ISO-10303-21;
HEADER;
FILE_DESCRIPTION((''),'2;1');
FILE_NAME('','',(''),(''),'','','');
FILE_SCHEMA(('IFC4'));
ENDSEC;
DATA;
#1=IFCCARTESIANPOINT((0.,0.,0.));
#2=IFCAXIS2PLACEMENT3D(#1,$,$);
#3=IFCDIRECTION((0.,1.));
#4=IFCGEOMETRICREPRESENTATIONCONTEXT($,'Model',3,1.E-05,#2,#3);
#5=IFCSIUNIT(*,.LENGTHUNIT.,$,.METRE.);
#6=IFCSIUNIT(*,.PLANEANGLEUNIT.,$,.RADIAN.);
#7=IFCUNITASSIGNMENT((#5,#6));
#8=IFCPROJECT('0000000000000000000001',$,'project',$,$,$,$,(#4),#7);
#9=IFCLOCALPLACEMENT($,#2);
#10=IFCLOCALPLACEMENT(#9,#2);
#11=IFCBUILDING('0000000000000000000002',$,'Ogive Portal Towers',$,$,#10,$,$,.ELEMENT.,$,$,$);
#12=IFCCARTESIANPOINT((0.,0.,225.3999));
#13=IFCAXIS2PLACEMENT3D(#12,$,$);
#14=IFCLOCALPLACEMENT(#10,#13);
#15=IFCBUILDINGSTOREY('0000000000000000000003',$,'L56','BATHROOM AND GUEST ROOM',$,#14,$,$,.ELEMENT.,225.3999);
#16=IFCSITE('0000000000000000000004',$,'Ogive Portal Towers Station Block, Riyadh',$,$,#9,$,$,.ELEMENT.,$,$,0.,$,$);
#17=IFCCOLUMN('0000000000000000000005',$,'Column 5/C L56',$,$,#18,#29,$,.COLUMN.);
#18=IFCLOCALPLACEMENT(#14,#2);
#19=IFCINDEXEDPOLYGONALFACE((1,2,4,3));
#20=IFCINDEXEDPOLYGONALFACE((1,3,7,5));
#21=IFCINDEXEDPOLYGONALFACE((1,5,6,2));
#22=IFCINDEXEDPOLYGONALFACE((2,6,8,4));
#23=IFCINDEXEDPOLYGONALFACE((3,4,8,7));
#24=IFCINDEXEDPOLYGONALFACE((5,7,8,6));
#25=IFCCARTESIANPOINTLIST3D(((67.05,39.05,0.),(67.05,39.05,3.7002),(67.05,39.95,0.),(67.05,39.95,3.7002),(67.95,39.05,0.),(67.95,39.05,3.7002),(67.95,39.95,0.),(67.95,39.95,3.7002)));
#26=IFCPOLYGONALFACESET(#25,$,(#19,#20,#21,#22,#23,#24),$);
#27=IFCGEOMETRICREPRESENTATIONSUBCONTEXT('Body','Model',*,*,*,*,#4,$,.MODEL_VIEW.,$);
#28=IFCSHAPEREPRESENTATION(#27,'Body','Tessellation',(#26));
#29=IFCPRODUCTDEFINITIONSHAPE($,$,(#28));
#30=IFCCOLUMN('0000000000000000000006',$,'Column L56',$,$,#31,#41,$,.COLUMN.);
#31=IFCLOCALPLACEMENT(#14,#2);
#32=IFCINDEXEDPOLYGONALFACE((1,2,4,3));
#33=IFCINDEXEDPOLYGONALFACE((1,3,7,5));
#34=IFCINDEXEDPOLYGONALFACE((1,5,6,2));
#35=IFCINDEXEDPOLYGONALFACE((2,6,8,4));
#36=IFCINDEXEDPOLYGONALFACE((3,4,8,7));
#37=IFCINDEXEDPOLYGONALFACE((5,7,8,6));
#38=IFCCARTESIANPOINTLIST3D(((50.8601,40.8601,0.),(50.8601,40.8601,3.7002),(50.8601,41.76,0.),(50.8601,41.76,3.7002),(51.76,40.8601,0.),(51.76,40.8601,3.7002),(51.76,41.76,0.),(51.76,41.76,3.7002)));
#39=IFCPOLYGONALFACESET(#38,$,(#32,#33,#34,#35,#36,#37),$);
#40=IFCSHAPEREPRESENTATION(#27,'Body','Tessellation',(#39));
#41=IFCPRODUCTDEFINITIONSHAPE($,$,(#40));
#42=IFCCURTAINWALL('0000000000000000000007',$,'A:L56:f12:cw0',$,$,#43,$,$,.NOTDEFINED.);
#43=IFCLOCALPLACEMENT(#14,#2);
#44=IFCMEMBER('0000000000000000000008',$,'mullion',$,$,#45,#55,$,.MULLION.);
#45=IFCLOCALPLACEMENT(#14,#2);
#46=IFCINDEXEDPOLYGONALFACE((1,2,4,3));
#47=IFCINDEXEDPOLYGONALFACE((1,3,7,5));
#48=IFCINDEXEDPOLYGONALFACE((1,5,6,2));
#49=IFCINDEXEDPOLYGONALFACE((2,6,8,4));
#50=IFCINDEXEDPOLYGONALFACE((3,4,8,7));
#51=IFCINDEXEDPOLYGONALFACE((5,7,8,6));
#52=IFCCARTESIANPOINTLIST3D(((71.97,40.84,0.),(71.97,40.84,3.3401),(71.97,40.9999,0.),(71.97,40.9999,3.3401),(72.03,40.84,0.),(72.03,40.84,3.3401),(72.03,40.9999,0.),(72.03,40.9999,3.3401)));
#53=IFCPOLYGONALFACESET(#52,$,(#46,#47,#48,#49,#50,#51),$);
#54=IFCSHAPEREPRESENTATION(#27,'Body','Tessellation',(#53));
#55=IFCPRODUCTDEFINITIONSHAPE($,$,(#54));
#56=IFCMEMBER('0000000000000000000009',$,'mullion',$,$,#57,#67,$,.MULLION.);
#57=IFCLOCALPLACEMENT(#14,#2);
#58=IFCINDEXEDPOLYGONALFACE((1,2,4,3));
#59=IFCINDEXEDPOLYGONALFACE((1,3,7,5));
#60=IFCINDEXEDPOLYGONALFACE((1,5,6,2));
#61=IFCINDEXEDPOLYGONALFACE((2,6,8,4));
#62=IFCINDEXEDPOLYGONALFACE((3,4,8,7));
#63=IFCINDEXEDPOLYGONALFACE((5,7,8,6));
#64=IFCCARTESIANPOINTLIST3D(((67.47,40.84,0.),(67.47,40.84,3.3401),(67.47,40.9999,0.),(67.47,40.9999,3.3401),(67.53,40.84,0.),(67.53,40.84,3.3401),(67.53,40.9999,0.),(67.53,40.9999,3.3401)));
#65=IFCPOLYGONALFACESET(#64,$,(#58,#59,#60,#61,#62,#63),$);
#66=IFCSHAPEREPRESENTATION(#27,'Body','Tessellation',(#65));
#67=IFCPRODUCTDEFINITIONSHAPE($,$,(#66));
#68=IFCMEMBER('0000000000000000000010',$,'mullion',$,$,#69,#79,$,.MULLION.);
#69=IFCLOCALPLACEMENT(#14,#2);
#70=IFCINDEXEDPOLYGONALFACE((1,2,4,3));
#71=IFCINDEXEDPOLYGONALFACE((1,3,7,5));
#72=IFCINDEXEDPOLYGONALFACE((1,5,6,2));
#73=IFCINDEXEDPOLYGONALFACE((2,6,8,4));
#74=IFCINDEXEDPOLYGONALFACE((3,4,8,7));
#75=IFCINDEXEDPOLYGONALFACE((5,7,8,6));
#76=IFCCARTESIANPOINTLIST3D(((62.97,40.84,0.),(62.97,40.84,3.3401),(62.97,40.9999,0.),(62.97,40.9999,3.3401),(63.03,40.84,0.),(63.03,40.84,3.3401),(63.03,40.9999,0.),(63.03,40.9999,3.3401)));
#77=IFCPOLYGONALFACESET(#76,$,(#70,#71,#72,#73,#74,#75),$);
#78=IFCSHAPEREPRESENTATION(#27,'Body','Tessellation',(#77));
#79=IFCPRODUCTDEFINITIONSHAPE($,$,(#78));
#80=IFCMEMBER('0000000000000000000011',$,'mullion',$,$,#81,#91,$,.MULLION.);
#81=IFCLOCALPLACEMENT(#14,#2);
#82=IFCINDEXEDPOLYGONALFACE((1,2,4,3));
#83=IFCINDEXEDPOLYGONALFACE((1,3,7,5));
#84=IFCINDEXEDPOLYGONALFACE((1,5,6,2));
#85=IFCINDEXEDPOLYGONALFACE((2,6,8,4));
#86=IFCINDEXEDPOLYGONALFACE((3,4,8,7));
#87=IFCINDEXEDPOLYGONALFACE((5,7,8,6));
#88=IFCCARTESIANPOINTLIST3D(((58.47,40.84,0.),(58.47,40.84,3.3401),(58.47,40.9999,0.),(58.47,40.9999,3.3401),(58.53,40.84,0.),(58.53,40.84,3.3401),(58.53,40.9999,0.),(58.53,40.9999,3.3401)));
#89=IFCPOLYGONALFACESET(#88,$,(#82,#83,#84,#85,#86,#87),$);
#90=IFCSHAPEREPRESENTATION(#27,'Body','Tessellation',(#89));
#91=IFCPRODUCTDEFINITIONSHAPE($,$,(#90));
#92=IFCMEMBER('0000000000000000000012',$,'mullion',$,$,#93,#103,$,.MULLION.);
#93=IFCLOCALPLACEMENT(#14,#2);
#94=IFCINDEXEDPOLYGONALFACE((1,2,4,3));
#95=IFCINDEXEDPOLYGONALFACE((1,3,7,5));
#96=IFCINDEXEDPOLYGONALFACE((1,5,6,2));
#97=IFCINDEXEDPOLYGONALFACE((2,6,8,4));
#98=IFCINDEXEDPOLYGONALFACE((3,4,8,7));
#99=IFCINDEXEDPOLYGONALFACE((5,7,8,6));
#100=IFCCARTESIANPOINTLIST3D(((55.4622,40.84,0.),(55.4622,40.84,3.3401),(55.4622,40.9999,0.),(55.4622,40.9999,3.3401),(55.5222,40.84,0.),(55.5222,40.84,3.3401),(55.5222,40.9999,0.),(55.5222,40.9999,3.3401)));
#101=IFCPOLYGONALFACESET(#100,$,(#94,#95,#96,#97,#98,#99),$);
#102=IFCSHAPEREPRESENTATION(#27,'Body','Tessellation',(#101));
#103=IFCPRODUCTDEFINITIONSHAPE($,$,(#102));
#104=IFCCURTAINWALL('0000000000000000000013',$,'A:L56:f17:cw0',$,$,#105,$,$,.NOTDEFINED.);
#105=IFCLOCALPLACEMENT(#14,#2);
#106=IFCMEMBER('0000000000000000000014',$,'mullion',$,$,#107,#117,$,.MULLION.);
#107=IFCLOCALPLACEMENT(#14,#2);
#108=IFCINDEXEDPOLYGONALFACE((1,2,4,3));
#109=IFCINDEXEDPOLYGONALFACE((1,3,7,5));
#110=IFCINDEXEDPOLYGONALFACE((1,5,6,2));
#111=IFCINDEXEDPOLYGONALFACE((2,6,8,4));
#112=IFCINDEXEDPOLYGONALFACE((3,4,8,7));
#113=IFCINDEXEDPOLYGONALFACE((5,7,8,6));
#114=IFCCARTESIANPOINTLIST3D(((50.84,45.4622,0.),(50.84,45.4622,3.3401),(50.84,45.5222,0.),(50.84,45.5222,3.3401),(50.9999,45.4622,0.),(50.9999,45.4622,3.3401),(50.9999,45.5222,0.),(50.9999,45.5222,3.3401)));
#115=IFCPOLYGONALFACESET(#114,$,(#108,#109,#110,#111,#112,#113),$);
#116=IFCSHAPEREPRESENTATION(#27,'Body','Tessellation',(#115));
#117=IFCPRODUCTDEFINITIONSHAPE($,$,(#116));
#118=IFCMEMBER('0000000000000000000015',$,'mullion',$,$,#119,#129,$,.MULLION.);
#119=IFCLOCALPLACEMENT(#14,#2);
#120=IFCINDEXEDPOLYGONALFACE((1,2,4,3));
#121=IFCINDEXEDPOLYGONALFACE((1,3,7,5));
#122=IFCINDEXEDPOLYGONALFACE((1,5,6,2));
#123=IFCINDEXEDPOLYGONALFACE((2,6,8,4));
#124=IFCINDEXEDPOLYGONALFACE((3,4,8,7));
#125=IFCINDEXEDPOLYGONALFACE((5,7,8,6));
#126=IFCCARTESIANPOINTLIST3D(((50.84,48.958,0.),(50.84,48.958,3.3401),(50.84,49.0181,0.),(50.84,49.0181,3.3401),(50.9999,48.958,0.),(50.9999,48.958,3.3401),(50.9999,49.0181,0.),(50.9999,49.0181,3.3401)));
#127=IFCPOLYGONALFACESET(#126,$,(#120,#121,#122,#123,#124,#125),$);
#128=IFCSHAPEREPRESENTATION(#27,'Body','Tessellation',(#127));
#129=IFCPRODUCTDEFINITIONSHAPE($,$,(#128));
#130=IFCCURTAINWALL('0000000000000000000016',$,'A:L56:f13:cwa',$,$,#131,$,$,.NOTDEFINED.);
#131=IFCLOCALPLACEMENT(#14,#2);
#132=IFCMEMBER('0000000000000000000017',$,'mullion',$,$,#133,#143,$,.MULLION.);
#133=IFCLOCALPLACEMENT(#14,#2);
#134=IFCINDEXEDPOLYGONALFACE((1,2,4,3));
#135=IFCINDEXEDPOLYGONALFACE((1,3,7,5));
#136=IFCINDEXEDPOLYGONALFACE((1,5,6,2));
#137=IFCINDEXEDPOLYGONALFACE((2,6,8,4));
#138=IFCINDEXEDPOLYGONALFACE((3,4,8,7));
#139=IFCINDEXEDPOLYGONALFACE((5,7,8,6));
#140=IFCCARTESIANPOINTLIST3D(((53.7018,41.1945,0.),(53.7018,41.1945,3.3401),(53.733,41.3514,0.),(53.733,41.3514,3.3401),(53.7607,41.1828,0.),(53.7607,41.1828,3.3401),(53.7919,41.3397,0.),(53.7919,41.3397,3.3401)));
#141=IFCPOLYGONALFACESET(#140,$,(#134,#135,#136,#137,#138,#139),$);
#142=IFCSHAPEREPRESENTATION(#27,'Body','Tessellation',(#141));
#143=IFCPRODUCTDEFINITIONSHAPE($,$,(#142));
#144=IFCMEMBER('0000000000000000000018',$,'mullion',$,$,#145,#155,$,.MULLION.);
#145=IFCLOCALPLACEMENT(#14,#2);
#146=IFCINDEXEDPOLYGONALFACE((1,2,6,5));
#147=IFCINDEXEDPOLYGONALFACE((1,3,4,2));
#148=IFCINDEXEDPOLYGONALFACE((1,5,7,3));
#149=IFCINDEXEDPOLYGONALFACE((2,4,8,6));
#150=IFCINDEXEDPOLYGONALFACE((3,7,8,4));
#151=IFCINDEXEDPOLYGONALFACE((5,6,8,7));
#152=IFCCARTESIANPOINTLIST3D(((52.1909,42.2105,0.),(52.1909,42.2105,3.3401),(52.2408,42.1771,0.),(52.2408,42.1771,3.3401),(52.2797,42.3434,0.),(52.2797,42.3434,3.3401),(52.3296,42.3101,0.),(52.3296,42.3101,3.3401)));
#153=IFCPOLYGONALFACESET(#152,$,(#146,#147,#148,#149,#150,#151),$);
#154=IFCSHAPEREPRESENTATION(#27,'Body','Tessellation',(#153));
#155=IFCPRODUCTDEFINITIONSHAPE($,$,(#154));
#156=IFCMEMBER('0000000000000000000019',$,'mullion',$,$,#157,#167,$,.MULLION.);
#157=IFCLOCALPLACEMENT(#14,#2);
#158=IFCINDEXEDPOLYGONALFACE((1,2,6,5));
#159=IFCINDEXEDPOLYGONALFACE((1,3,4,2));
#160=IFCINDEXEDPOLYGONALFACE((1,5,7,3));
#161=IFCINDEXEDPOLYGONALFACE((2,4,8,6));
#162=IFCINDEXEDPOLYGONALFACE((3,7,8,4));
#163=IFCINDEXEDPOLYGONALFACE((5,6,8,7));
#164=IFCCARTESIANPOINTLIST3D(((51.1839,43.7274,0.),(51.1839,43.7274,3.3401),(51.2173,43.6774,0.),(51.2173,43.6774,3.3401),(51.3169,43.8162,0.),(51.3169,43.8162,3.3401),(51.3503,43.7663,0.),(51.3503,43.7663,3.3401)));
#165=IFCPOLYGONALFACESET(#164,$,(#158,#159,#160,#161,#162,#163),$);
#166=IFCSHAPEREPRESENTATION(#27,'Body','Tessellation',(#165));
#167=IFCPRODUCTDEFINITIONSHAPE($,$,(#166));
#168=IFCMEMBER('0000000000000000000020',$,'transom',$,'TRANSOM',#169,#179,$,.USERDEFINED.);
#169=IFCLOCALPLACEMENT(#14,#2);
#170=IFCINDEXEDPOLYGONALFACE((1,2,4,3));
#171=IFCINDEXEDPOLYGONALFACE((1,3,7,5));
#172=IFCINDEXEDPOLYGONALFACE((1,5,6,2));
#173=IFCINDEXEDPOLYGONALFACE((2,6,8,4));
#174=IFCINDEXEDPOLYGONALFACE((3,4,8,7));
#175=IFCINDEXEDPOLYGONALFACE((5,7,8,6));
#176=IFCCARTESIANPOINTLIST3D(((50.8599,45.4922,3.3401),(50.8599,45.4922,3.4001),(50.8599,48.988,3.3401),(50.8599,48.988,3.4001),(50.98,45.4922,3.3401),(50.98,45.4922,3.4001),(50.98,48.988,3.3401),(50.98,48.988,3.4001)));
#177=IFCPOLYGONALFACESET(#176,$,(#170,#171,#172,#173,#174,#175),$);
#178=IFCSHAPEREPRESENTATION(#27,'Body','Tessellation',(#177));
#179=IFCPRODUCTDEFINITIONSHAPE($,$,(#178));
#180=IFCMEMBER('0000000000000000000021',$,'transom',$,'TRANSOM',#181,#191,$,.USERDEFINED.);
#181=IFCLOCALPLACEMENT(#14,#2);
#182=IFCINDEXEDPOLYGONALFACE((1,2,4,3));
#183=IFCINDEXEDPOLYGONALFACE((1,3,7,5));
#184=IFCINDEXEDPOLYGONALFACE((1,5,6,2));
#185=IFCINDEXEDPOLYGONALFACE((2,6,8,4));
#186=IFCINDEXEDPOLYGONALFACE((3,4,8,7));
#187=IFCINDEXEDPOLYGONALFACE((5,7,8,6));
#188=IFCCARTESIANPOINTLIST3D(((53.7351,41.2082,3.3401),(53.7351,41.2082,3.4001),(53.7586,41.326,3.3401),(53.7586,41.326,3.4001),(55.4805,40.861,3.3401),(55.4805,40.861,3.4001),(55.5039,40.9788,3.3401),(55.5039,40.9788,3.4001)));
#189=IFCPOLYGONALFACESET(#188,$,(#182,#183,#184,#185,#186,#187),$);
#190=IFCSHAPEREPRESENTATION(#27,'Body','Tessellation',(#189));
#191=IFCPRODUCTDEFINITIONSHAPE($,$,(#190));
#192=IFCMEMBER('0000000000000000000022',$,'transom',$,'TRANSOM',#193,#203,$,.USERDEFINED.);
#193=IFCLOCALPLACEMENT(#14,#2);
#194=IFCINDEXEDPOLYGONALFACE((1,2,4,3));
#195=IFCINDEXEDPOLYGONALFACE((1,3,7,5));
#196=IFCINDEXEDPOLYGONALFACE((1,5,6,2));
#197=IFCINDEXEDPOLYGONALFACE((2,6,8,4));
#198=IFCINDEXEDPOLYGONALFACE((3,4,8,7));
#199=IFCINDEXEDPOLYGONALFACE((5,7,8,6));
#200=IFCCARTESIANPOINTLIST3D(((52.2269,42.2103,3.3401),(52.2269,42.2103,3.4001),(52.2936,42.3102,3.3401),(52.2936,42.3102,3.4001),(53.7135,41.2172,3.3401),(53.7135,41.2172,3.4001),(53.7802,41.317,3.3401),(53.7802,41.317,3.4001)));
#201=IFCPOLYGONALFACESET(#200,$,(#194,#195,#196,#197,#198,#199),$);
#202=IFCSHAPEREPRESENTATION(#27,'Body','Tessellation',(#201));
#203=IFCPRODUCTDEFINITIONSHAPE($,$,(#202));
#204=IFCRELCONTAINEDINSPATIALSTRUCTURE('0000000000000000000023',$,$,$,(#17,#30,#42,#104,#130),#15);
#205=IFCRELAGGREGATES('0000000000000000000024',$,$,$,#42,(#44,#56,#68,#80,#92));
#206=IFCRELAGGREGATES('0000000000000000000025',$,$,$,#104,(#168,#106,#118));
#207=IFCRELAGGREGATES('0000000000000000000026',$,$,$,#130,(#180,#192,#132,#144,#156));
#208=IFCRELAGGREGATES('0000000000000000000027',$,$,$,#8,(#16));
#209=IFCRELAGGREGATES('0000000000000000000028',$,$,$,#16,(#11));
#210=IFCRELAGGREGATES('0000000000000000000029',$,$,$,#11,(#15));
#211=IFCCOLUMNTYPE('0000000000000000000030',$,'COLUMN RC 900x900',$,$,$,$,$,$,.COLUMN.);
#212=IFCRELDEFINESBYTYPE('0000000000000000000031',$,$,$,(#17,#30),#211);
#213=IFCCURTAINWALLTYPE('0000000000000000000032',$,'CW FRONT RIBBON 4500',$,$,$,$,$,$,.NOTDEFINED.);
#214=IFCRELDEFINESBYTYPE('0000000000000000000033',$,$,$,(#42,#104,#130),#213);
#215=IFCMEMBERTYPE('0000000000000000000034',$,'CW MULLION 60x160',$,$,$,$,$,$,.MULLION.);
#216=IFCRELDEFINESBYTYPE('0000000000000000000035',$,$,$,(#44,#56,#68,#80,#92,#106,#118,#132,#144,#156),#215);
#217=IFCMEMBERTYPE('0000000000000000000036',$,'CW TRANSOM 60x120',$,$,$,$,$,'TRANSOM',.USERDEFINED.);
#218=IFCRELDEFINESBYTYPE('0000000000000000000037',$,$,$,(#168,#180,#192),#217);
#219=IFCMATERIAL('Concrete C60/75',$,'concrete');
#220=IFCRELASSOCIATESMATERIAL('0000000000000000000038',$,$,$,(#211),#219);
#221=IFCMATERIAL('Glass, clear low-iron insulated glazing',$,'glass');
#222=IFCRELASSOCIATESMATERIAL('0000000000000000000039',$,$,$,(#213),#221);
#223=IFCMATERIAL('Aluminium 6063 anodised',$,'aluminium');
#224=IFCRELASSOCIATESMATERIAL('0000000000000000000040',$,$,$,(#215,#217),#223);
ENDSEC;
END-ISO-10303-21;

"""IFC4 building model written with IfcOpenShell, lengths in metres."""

from ifc_helpers import new_model, si_unit, direction, frame, origin, origin_2d, place, context, subcontext, project, spatial, rectangle, extrude, material, material_profile, profile_set, type_object, element, aggregate, save


model = new_model("IFC4")

# Units and contexts
model_context = context("Model", 3, precision=1e-05, world=origin(), true_north=direction((0.0, 1.0)))
body_context = subcontext(model_context, "Body", "Model", "MODEL_VIEW")
ifc_project = project(units=[si_unit("LENGTHUNIT", "METRE"), si_unit("PLANEANGLEUNIT", "RADIAN")], contexts=[model_context])

# Site, building, storey
site_placement = place(None, origin())
site = spatial("IfcSite", under=ifc_project, at=site_placement, Name="Ogive Portal Towers Station Block, Riyadh", CompositionType="ELEMENT", RefElevation=0.0)
building_placement = place(site_placement, origin())
building = spatial("IfcBuilding", under=site, at=building_placement, Name="Ogive Portal Towers", CompositionType="ELEMENT")
storey_placement = place(building_placement, frame((0.0, 0.0, 225.3999)))
storey = spatial("IfcBuildingStorey", under=building, at=storey_placement, Name="L56", Description="BATHROOM AND GUEST ROOM", CompositionType="ELEMENT", Elevation=225.3999)

# Columns
ifc_material_1 = material(Name="Concrete C60/75", Category="concrete")
ifc_material_profile_1 = material_profile(ifc_material_1, rectangle(XDim=0.8999, YDim=0.8999, at=origin_2d()), Name="RC 900x900")
ifc_profile_set_1 = profile_set([ifc_material_profile_1], Name="Concrete C60/75")
column_type = type_object("IfcColumnType", Name="COLUMN RC 900x900", PredefinedType="COLUMN", material=ifc_profile_set_1)
for number, where, z_axis, x_axis, name in (
    (1, (67.5, 39.5, 0.0), (0.0, 0.0, 1.0), (1.0, 0.0, 0.0), "Column 5/C L56"),
    (2, (51.3101, 41.3101, 0.0), (0.0, 0.0, 1.0), (1.0, 0.0, 0.0), "Column L56"),
):
    element("IfcColumn", number, at=place(storey_placement, frame(where, z_axis=z_axis, x_axis=x_axis)), inside=storey, type_object=column_type, Name=name, PredefinedType="COLUMN", context=body_context, shape_type="SweptSolid", body=[
        extrude(rectangle(XDim=0.8999, YDim=0.8999, at=origin_2d()), origin(), (0.0, 0.0, 1.0), 3.7002),
    ])

# Curtain walls, members
ifc_material_2 = material(Name="Glass, clear low-iron insulated glazing", Category="glass")
curtain_wall_type = type_object("IfcCurtainWallType", Name="CW FRONT RIBBON 4500", PredefinedType="NOTDEFINED", material=ifc_material_2)
curtain_wall_1_placement = place(storey_placement, origin())
curtain_wall_1 = element("IfcCurtainWall", 3, at=curtain_wall_1_placement, inside=storey, type_object=curtain_wall_type, Name="A:L56:f12:cw0", PredefinedType="NOTDEFINED")
ifc_material_3 = material(Name="Aluminium 6063 anodised", Category="aluminium")
ifc_material_profile_2 = material_profile(ifc_material_3, rectangle(XDim=0.1599, YDim=0.0601, at=origin_2d()), Name="AL 60x160")
ifc_profile_set_2 = profile_set([ifc_material_profile_2], Name="Aluminium 6063 anodised")
member_type_1 = type_object("IfcMemberType", Name="CW MULLION 60x160", PredefinedType="MULLION", material=ifc_profile_set_2)
member_1_placement = place(storey_placement, frame((72.0, 40.9199, 0.0), z_axis=(0.0, 0.0, 1.0), x_axis=(0.0, -1.0, 0.0)))
member_1 = element("IfcMember", 4, at=member_1_placement, type_object=member_type_1, Name="mullion", PredefinedType="MULLION", context=body_context, shape_type="SweptSolid", body=[
    extrude(rectangle(XDim=0.1599, YDim=0.0601, at=origin_2d()), origin(), (0.0, 0.0, 1.0), 3.3401),
])
member_2_placement = place(storey_placement, frame((67.5, 40.9199, 0.0), z_axis=(0.0, 0.0, 1.0), x_axis=(0.0, -1.0, 0.0)))
member_2 = element("IfcMember", 5, at=member_2_placement, type_object=member_type_1, Name="mullion", PredefinedType="MULLION", context=body_context, shape_type="SweptSolid", body=[
    extrude(rectangle(XDim=0.1599, YDim=0.0601, at=origin_2d()), origin(), (0.0, 0.0, 1.0), 3.3401),
])
member_3_placement = place(storey_placement, frame((63.0, 40.9199, 0.0), z_axis=(0.0, 0.0, 1.0), x_axis=(0.0, -1.0, 0.0)))
member_3 = element("IfcMember", 6, at=member_3_placement, type_object=member_type_1, Name="mullion", PredefinedType="MULLION", context=body_context, shape_type="SweptSolid", body=[
    extrude(rectangle(XDim=0.1599, YDim=0.0601, at=origin_2d()), origin(), (0.0, 0.0, 1.0), 3.3401),
])
member_4_placement = place(storey_placement, frame((58.5, 40.9199, 0.0), z_axis=(0.0, 0.0, 1.0), x_axis=(0.0, -1.0, 0.0)))
member_4 = element("IfcMember", 7, at=member_4_placement, type_object=member_type_1, Name="mullion", PredefinedType="MULLION", context=body_context, shape_type="SweptSolid", body=[
    extrude(rectangle(XDim=0.1599, YDim=0.0601, at=origin_2d()), origin(), (0.0, 0.0, 1.0), 3.3401),
])
member_5_placement = place(storey_placement, frame((55.4922, 40.9199, 0.0), z_axis=(0.0, 0.0, 1.0), x_axis=(0.0, -1.0, 0.0)))
member_5 = element("IfcMember", 8, at=member_5_placement, type_object=member_type_1, Name="mullion", PredefinedType="MULLION", context=body_context, shape_type="SweptSolid", body=[
    extrude(rectangle(XDim=0.1599, YDim=0.0601, at=origin_2d()), origin(), (0.0, 0.0, 1.0), 3.3401),
])
curtain_wall_2_placement = place(storey_placement, origin())
curtain_wall_2 = element("IfcCurtainWall", 9, at=curtain_wall_2_placement, inside=storey, type_object=curtain_wall_type, Name="A:L56:f17:cw0", PredefinedType="NOTDEFINED")
member_6_placement = place(storey_placement, frame((50.9199, 45.4922, 0.0), z_axis=(0.0, 0.0, 1.0), x_axis=(-1.0, 0.0, 0.0)))
member_6 = element("IfcMember", 10, at=member_6_placement, type_object=member_type_1, Name="mullion", PredefinedType="MULLION", context=body_context, shape_type="SweptSolid", body=[
    extrude(rectangle(XDim=0.1599, YDim=0.0601, at=origin_2d()), origin(), (0.0, 0.0, 1.0), 3.3401),
])
member_7_placement = place(storey_placement, frame((50.9199, 48.988, 0.0), z_axis=(0.0, 0.0, 1.0), x_axis=(-1.0, 0.0, 0.0)))
member_7 = element("IfcMember", 11, at=member_7_placement, type_object=member_type_1, Name="mullion", PredefinedType="MULLION", context=body_context, shape_type="SweptSolid", body=[
    extrude(rectangle(XDim=0.1599, YDim=0.0601, at=origin_2d()), origin(), (0.0, 0.0, 1.0), 3.3401),
])
curtain_wall_3_placement = place(storey_placement, origin())
curtain_wall_3 = element("IfcCurtainWall", 12, at=curtain_wall_3_placement, inside=storey, type_object=curtain_wall_type, Name="A:L56:f13:cwa", PredefinedType="NOTDEFINED")
member_8_placement = place(storey_placement, frame((53.7468, 41.2671, 0.0), z_axis=(0.0, 0.0, 1.0), x_axis=(-0.19509, -0.980785, 0.0)))
member_8 = element("IfcMember", 13, at=member_8_placement, type_object=member_type_1, Name="mullion", PredefinedType="MULLION", context=body_context, shape_type="SweptSolid", body=[
    extrude(rectangle(XDim=0.1599, YDim=0.0601, at=origin_2d()), origin(), (0.0, 0.0, 1.0), 3.3401),
])
member_9_placement = place(storey_placement, frame((52.2603, 42.2603, 0.0), z_axis=(0.0, 0.0, 1.0), x_axis=(-0.55557, -0.83147, 0.0)))
member_9 = element("IfcMember", 14, at=member_9_placement, type_object=member_type_1, Name="mullion", PredefinedType="MULLION", context=body_context, shape_type="SweptSolid", body=[
    extrude(rectangle(XDim=0.1599, YDim=0.0601, at=origin_2d()), origin(), (0.0, 0.0, 1.0), 3.3401),
])
member_10_placement = place(storey_placement, frame((51.2671, 43.7468, 0.0), z_axis=(0.0, 0.0, 1.0), x_axis=(-0.83147, -0.55557, 0.0)))
member_10 = element("IfcMember", 15, at=member_10_placement, type_object=member_type_1, Name="mullion", PredefinedType="MULLION", context=body_context, shape_type="SweptSolid", body=[
    extrude(rectangle(XDim=0.1599, YDim=0.0601, at=origin_2d()), origin(), (0.0, 0.0, 1.0), 3.3401),
])

# Members
ifc_material_profile_3 = material_profile(ifc_material_3, rectangle(XDim=0.1201, YDim=0.0601, at=origin_2d()), Name="AL 120x60")
ifc_profile_set_3 = profile_set([ifc_material_profile_3], Name="Aluminium 6063 anodised")
member_type_2 = type_object("IfcMemberType", Name="CW TRANSOM 60x120", ElementType="TRANSOM", PredefinedType="USERDEFINED", material=ifc_profile_set_3)
member_11_placement = place(storey_placement, frame((50.9199, 45.4922, 3.3701), z_axis=(0.0, 1.0, 0.0), x_axis=(-1.0, 0.0, 0.0)))
member_11 = element("IfcMember", 16, at=member_11_placement, type_object=member_type_2, Name="transom", ObjectType="TRANSOM", PredefinedType="USERDEFINED", context=body_context, shape_type="SweptSolid", body=[
    extrude(rectangle(XDim=0.1201, YDim=0.0601, at=origin_2d()), origin(), (0.0, 0.0, 1.0), 3.4958),
])
member_12_placement = place(storey_placement, frame((55.4922, 40.9199, 3.3701), z_axis=(-0.980786, 0.195087, 0.0), x_axis=(-0.195087, -0.980786, 0.0)))
member_12 = element("IfcMember", 17, at=member_12_placement, type_object=member_type_2, Name="transom", ObjectType="TRANSOM", PredefinedType="USERDEFINED", context=body_context, shape_type="SweptSolid", body=[
    extrude(rectangle(XDim=0.1201, YDim=0.0601, at=origin_2d()), origin(), (0.0, 0.0, 1.0), 1.7795),
])
member_13_placement = place(storey_placement, frame((53.7468, 41.2671, 3.3701), z_axis=(-0.831504, 0.555519, 0.0), x_axis=(-0.555519, -0.831504, 0.0)))
member_13 = element("IfcMember", 18, at=member_13_placement, type_object=member_type_2, Name="transom", ObjectType="TRANSOM", PredefinedType="USERDEFINED", context=body_context, shape_type="SweptSolid", body=[
    extrude(rectangle(XDim=0.1201, YDim=0.0601, at=origin_2d()), origin(), (0.0, 0.0, 1.0), 1.7878),
])

aggregate(curtain_wall_1, [member_1, member_2, member_3, member_4, member_5])
aggregate(curtain_wall_2, [member_11, member_6, member_7])
aggregate(curtain_wall_3, [member_12, member_13, member_8, member_9, member_10])

save(model, "model.ifc")
